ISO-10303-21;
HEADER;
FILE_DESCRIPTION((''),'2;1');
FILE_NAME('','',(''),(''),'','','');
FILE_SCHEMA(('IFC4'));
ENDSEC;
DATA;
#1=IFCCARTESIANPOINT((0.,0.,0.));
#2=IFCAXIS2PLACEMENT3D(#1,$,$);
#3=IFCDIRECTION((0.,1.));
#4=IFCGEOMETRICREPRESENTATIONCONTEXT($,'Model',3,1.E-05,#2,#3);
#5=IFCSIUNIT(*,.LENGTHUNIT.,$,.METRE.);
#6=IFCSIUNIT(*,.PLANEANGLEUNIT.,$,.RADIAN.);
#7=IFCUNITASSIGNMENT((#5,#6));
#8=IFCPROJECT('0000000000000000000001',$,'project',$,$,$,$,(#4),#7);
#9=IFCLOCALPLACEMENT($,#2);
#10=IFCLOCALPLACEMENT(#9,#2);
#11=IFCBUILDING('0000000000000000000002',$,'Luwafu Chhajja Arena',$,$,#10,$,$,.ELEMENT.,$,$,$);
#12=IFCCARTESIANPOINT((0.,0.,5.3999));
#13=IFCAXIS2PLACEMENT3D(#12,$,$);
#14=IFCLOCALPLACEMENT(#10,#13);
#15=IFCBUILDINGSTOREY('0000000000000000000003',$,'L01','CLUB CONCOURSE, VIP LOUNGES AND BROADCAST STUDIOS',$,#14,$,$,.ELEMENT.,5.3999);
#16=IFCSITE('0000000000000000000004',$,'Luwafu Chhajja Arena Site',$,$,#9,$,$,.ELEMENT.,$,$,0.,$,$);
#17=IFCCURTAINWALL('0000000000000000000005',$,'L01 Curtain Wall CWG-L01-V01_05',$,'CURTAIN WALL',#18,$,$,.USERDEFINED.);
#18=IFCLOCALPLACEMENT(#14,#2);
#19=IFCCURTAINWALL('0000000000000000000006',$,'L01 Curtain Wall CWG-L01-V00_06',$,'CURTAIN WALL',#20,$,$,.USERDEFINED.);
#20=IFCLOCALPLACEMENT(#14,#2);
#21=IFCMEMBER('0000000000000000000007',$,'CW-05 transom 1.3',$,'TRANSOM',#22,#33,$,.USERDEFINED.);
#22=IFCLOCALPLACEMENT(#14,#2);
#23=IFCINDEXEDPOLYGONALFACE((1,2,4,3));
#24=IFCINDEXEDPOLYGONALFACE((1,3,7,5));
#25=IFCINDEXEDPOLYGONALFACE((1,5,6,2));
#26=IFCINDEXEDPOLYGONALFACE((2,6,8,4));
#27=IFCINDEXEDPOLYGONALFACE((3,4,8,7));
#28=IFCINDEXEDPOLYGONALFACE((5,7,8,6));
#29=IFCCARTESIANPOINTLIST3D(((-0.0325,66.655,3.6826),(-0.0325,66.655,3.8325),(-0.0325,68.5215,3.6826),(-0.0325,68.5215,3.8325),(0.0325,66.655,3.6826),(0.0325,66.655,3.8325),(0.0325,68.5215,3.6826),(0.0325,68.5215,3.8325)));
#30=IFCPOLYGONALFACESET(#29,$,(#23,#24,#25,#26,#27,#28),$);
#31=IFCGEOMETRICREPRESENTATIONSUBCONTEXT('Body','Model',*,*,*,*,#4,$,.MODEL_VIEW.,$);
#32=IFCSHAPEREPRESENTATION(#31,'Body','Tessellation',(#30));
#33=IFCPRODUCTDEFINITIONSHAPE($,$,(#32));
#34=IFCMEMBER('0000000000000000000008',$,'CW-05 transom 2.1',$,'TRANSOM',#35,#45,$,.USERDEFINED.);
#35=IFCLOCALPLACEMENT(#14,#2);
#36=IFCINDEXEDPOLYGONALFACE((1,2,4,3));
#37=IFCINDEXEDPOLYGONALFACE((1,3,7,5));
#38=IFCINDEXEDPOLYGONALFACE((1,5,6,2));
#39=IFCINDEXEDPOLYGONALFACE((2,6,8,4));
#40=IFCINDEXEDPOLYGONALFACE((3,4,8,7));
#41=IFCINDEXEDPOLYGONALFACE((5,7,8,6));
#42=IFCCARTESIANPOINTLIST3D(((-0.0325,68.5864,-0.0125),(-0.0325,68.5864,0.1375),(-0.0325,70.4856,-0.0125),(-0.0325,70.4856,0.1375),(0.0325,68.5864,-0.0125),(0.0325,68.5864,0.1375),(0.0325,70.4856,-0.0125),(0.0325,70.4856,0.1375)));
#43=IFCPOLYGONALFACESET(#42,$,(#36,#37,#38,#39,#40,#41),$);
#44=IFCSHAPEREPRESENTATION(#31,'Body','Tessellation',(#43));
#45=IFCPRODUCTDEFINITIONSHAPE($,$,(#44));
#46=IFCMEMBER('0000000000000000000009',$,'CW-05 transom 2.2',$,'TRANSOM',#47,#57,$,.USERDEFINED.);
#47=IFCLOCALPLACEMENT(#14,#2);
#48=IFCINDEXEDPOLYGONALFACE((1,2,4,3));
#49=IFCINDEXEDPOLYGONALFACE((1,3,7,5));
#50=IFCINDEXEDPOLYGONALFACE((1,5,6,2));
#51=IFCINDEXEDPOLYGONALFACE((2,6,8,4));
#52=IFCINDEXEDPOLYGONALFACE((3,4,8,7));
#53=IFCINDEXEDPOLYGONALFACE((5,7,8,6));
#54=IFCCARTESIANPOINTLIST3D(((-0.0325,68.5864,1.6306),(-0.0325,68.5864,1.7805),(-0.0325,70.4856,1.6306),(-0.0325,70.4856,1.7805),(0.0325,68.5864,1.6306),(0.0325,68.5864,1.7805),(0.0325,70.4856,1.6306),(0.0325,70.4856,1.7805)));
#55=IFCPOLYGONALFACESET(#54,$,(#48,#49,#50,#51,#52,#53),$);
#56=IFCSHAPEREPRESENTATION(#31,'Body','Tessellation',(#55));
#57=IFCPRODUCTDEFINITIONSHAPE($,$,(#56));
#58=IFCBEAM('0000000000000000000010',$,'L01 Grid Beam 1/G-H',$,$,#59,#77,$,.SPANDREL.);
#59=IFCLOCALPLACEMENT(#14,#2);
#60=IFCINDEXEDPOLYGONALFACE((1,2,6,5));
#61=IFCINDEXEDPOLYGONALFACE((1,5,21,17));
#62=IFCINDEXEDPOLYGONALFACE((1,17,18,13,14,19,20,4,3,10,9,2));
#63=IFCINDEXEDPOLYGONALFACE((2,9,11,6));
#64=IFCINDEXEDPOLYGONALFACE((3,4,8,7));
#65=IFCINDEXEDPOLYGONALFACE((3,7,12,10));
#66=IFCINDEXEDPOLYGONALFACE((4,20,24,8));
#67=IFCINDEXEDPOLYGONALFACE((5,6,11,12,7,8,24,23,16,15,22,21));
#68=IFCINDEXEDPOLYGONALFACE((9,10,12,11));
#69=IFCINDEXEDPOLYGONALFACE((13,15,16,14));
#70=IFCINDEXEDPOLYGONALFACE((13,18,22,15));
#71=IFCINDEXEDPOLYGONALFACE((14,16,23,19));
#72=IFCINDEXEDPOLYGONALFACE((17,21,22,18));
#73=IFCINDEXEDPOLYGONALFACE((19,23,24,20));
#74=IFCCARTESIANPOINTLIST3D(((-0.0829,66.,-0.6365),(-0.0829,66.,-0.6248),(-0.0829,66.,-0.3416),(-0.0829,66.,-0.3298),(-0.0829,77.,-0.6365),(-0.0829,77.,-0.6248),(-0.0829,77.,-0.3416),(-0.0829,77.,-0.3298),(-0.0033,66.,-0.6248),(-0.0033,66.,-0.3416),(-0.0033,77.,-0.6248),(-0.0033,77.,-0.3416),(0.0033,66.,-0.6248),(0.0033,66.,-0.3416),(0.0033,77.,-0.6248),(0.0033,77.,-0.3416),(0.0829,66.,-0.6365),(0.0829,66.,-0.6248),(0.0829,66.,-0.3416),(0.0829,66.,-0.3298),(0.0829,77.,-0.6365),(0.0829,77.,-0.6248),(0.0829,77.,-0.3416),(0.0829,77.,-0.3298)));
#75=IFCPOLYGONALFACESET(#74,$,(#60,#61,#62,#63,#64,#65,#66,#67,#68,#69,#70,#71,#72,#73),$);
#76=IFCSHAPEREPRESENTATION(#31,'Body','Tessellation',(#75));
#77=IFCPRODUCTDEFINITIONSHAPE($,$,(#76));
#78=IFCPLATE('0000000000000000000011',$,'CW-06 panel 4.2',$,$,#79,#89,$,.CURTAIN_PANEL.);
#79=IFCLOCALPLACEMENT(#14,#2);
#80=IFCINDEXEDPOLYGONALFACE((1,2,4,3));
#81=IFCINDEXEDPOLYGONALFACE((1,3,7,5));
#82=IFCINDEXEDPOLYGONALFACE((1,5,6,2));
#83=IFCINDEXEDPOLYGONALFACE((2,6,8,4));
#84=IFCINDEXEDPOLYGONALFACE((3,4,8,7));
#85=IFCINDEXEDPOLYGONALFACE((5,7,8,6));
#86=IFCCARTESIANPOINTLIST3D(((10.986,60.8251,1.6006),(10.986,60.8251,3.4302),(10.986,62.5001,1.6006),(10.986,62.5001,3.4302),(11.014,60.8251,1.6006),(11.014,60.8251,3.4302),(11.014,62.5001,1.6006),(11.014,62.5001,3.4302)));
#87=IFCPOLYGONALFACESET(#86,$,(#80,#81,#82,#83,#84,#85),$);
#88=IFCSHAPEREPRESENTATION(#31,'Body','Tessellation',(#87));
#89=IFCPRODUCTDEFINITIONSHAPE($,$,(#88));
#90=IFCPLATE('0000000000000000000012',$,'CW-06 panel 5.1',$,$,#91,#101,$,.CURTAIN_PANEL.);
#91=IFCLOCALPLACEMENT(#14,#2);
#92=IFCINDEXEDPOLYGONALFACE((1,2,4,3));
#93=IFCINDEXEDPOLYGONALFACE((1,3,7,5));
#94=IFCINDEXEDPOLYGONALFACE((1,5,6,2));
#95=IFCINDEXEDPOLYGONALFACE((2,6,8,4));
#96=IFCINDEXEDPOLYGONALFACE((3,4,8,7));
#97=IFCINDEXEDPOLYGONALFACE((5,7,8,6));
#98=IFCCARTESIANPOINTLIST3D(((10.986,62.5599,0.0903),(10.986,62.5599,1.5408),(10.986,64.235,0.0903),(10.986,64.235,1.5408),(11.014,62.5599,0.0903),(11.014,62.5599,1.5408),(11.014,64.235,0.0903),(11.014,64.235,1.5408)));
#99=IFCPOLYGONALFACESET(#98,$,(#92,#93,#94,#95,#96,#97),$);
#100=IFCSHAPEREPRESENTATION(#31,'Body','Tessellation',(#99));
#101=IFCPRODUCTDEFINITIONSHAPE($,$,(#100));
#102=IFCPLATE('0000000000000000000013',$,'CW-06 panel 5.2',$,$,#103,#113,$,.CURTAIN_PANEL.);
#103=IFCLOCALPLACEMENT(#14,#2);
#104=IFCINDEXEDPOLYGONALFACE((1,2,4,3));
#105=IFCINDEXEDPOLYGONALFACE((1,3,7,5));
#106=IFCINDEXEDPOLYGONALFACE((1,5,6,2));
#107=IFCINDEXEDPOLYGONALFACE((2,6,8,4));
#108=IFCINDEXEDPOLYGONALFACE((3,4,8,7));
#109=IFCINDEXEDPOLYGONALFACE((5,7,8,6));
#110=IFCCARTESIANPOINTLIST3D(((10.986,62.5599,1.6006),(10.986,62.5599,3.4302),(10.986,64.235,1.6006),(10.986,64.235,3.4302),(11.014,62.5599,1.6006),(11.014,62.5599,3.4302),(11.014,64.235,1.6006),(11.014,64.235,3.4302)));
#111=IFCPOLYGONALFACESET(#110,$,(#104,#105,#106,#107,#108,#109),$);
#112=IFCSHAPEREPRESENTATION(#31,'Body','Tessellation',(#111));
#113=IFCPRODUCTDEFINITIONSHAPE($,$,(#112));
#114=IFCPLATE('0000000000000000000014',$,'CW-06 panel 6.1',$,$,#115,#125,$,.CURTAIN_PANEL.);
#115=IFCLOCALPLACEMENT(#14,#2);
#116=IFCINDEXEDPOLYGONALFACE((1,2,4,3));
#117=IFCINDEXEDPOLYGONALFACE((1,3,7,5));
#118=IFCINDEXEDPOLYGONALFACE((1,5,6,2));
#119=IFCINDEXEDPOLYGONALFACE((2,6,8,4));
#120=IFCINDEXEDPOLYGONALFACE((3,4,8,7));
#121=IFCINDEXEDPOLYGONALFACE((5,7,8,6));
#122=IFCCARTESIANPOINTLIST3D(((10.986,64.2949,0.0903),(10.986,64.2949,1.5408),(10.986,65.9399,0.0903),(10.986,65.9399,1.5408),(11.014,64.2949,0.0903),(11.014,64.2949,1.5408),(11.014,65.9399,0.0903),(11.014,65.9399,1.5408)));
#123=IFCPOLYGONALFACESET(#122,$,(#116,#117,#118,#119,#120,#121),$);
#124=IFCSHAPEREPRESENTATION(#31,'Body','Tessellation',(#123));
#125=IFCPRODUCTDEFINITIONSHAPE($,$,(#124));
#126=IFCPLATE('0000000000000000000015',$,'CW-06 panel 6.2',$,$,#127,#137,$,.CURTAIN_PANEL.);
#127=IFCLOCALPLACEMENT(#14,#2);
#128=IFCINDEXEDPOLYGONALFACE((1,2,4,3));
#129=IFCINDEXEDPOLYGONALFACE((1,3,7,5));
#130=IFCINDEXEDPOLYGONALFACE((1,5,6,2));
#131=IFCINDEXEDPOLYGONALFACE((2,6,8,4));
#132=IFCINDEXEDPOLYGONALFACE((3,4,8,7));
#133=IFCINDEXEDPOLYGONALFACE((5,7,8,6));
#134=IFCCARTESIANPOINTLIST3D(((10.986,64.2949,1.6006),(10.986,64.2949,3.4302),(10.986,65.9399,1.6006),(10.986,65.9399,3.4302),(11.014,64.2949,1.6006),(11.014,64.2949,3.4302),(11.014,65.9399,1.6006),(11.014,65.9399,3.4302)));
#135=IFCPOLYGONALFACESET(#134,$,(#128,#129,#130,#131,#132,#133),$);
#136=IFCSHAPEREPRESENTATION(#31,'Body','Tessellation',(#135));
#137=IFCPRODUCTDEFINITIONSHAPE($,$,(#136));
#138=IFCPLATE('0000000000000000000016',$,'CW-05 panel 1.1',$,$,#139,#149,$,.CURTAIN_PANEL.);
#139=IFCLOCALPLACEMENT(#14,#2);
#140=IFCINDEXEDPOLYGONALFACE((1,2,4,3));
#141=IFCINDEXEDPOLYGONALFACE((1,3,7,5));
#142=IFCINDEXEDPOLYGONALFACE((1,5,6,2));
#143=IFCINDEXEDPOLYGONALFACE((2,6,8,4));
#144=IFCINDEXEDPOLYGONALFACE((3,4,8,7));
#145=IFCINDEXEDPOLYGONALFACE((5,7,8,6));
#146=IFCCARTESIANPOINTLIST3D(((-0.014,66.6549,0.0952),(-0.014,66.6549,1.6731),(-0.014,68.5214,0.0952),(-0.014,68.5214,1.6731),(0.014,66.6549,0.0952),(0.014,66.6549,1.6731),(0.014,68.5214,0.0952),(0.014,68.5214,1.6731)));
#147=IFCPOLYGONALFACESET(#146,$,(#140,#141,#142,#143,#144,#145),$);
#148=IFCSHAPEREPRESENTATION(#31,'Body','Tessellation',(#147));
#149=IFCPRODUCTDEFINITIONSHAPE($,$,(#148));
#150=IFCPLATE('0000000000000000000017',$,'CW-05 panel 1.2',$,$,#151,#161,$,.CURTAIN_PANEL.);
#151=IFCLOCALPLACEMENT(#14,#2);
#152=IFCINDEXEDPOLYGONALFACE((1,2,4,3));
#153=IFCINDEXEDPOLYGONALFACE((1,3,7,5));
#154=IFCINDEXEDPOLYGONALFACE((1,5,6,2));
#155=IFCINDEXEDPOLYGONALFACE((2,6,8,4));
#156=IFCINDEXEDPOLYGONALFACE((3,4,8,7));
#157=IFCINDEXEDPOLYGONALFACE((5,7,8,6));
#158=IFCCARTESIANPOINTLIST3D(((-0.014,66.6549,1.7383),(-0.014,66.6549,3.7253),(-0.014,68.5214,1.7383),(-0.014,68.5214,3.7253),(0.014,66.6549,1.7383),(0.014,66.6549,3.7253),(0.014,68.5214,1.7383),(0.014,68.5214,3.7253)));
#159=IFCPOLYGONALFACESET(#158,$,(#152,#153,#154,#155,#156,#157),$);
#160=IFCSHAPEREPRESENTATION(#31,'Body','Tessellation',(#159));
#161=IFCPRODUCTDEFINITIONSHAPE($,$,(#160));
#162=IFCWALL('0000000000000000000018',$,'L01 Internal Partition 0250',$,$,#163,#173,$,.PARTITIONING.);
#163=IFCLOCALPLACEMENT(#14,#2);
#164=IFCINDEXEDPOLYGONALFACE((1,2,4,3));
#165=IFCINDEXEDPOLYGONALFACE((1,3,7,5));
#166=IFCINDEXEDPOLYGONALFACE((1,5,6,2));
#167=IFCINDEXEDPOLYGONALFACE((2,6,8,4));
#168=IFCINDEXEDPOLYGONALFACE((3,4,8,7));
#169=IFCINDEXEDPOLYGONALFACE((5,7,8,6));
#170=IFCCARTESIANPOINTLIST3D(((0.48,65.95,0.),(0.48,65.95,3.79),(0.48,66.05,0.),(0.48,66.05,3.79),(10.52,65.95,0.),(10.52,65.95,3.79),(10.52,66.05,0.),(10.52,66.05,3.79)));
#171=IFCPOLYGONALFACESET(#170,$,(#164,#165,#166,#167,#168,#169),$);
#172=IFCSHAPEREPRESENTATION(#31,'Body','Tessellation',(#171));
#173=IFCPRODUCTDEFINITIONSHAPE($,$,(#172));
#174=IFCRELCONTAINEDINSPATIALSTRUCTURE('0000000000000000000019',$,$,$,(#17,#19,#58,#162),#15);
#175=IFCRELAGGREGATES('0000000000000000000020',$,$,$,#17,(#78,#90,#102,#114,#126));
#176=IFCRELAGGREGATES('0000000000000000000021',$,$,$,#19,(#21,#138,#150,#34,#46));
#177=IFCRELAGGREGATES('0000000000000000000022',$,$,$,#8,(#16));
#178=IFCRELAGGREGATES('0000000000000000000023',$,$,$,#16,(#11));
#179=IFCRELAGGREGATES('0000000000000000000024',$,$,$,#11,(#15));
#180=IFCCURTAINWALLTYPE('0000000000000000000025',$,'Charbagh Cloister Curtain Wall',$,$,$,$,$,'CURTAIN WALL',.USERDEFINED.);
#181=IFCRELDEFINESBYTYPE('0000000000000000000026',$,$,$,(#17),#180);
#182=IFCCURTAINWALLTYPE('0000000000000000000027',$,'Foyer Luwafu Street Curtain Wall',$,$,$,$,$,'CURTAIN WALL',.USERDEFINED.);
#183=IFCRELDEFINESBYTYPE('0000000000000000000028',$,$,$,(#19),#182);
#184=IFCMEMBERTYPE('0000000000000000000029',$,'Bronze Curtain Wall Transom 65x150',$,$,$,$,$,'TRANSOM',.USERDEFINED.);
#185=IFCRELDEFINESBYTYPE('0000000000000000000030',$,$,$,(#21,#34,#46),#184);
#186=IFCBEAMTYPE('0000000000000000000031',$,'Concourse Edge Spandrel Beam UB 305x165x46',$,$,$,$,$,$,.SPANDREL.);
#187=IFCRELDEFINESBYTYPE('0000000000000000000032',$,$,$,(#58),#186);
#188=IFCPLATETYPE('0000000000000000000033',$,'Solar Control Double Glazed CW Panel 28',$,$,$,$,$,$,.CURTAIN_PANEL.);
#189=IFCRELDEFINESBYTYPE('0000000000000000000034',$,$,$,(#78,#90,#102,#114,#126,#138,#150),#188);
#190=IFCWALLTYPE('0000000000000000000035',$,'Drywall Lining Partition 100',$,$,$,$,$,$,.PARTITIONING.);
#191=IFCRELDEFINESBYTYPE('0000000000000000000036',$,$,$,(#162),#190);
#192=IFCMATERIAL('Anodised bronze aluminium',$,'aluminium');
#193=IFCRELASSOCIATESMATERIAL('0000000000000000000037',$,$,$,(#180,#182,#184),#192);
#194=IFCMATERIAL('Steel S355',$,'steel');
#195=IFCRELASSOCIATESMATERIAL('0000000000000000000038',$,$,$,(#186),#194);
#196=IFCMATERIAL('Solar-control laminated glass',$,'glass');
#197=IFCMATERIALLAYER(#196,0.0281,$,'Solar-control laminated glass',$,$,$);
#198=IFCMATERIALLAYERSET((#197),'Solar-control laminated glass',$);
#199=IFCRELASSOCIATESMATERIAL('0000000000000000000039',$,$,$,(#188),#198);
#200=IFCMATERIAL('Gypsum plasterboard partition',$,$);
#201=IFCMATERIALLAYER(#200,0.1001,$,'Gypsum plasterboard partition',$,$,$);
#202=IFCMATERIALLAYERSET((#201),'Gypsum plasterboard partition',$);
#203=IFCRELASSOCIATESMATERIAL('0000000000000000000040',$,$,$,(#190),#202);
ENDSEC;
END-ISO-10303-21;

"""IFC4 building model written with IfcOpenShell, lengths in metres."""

from ifc_helpers import new_model, si_unit, direction, frame, frame_2d, origin, origin_2d, place, context, subcontext, project, spatial, rectangle, i_section, extrude, material, layer, layer_set, material_profile, profile_set, type_object, element, aggregate, save


model = new_model("IFC4")

# Units and contexts
model_context = context("Model", 3, precision=1e-05, world=origin(), true_north=direction((0.0, 1.0)))
body_context = subcontext(model_context, "Body", "Model", "MODEL_VIEW")
ifc_project = project(units=[si_unit("LENGTHUNIT", "METRE"), si_unit("PLANEANGLEUNIT", "RADIAN")], contexts=[model_context])

# Site, building, storey
site_placement = place(None, origin())
site = spatial("IfcSite", under=ifc_project, at=site_placement, Name="Luwafu Chhajja Arena Site", CompositionType="ELEMENT", RefElevation=0.0)
building_placement = place(site_placement, origin())
building = spatial("IfcBuilding", under=site, at=building_placement, Name="Luwafu Chhajja Arena", CompositionType="ELEMENT")
storey_placement = place(building_placement, frame((0.0, 0.0, 5.3999)))
storey = spatial("IfcBuildingStorey", under=building, at=storey_placement, Name="L01", Description="CLUB CONCOURSE, VIP LOUNGES AND BROADCAST STUDIOS", CompositionType="ELEMENT", Elevation=5.3999)

# Curtain walls
ifc_material_1 = material(Name="Anodised bronze aluminium", Category="aluminium")
curtain_wall_type_1 = type_object("IfcCurtainWallType", Name="Charbagh Cloister Curtain Wall", ElementType="CURTAIN WALL", PredefinedType="USERDEFINED", material=ifc_material_1)
curtain_wall_1_placement = place(storey_placement, origin())
curtain_wall_1 = element("IfcCurtainWall", 1, at=curtain_wall_1_placement, inside=storey, type_object=curtain_wall_type_1, Name="L01 Curtain Wall CWG-L01-V01_05", ObjectType="CURTAIN WALL", PredefinedType="USERDEFINED")
curtain_wall_type_2 = type_object("IfcCurtainWallType", Name="Foyer Luwafu Street Curtain Wall", ElementType="CURTAIN WALL", PredefinedType="USERDEFINED", material=ifc_material_1)
curtain_wall_2_placement = place(storey_placement, origin())
curtain_wall_2 = element("IfcCurtainWall", 2, at=curtain_wall_2_placement, inside=storey, type_object=curtain_wall_type_2, Name="L01 Curtain Wall CWG-L01-V00_06", ObjectType="CURTAIN WALL", PredefinedType="USERDEFINED")

# Members
ifc_material_profile_1 = material_profile(ifc_material_1, rectangle(XDim=0.0649, YDim=0.1499, at=origin_2d()), Name="CWT 65x150")
ifc_profile_set_1 = profile_set([ifc_material_profile_1], Name="Anodised bronze aluminium")
member_type_1 = type_object("IfcMemberType", Name="Bronze Curtain Wall Transom 65x150", ElementType="TRANSOM", PredefinedType="USERDEFINED", material=ifc_profile_set_1)
member_1_placement = place(storey_placement, frame((0.0, 66.655, 3.7576), z_axis=(0.0, 1.0, 0.0), x_axis=(-1.0, 0.0, 0.0)))
member_1 = element("IfcMember", 3, at=member_1_placement, type_object=member_type_1, Name="CW-05 transom 1.3", ObjectType="TRANSOM", PredefinedType="USERDEFINED", context=body_context, shape_type="SweptSolid", body=[
    extrude(rectangle(XDim=0.0649, YDim=0.1499, at=origin_2d()), origin(), (0.0, 0.0, 1.0), 1.8665),
])
member_2_placement = place(storey_placement, frame((0.0, 68.5864, 0.0625), z_axis=(0.0, 1.0, 0.0), x_axis=(-1.0, 0.0, 0.0)))
member_2 = element("IfcMember", 4, at=member_2_placement, type_object=member_type_1, Name="CW-05 transom 2.1", ObjectType="TRANSOM", PredefinedType="USERDEFINED", context=body_context, shape_type="SweptSolid", body=[
    extrude(rectangle(XDim=0.0649, YDim=0.1499, at=origin_2d()), origin(), (0.0, 0.0, 1.0), 1.8992),
])
member_3_placement = place(storey_placement, frame((0.0, 68.5864, 1.7056), z_axis=(0.0, 1.0, 0.0), x_axis=(-1.0, 0.0, 0.0)))
member_3 = element("IfcMember", 5, at=member_3_placement, type_object=member_type_1, Name="CW-05 transom 2.2", ObjectType="TRANSOM", PredefinedType="USERDEFINED", context=body_context, shape_type="SweptSolid", body=[
    extrude(rectangle(XDim=0.0649, YDim=0.1499, at=origin_2d()), origin(), (0.0, 0.0, 1.0), 1.8992),
])

# Beam
ifc_material_2 = material(Name="Steel S355", Category="steel")
ifc_material_profile_2 = material_profile(ifc_material_2, i_section(OverallWidth=0.1658, OverallDepth=0.3066, WebThickness=0.0066, FlangeThickness=0.0117, at=origin_2d()), Name="UB 305x165x46")
ifc_profile_set_2 = profile_set([ifc_material_profile_2], Name="Steel S355")
beam_type = type_object("IfcBeamType", Name="Concourse Edge Spandrel Beam UB 305x165x46", PredefinedType="SPANDREL", material=ifc_profile_set_2)
beam_placement = place(storey_placement, frame((0.0, 66.0, -0.4832), z_axis=(0.0, 1.0, 0.0), x_axis=(-1.0, 0.0, 0.0)))
element("IfcBeam", 6, at=beam_placement, inside=storey, type_object=beam_type, Name="L01 Grid Beam 1/G-H", PredefinedType="SPANDREL", context=body_context, shape_type="SweptSolid", body=[
    extrude(i_section(OverallWidth=0.1658, OverallDepth=0.3066, WebThickness=0.0066, FlangeThickness=0.0117, at=origin_2d()), origin(), (0.0, 0.0, 1.0), 11.0),
])

# Plates
ifc_material_3 = material(Name="Solar-control laminated glass", Category="glass")
ifc_layer_1 = layer(ifc_material_3, 0.0281, Name="Solar-control laminated glass")
ifc_layer_set_1 = layer_set([ifc_layer_1], Name="Solar-control laminated glass")
plate_type = type_object("IfcPlateType", Name="Solar Control Double Glazed CW Panel 28", PredefinedType="CURTAIN_PANEL", material=ifc_layer_set_1)
plate_1_placement = place(storey_placement, frame((11.0, 61.6626, 1.6006), z_axis=(0.0, 0.0, 1.0), x_axis=(0.0, 1.0, 0.0)))
plate_1 = element("IfcPlate", 7, at=plate_1_placement, type_object=plate_type, Name="CW-06 panel 4.2", PredefinedType="CURTAIN_PANEL", context=body_context, shape_type="SweptSolid", body=[
    extrude(rectangle(XDim=1.675, YDim=0.0281, at=origin_2d()), origin(), (0.0, 0.0, 1.0), 1.8296),
])
plate_2_placement = place(storey_placement, frame((11.0, 63.3975, 0.0903), z_axis=(0.0, 0.0, 1.0), x_axis=(0.0, 1.0, 0.0)))
plate_2 = element("IfcPlate", 8, at=plate_2_placement, type_object=plate_type, Name="CW-06 panel 5.1", PredefinedType="CURTAIN_PANEL", context=body_context, shape_type="SweptSolid", body=[
    extrude(rectangle(XDim=1.675, YDim=0.0281, at=origin_2d()), origin(), (0.0, 0.0, 1.0), 1.4504),
])
plate_3_placement = place(storey_placement, frame((11.0, 63.3975, 1.6006), z_axis=(0.0, 0.0, 1.0), x_axis=(0.0, 1.0, 0.0)))
plate_3 = element("IfcPlate", 9, at=plate_3_placement, type_object=plate_type, Name="CW-06 panel 5.2", PredefinedType="CURTAIN_PANEL", context=body_context, shape_type="SweptSolid", body=[
    extrude(rectangle(XDim=1.675, YDim=0.0281, at=origin_2d()), origin(), (0.0, 0.0, 1.0), 1.8296),
])
plate_4_placement = place(storey_placement, frame((11.0, 65.1174, 0.0903), z_axis=(0.0, 0.0, 1.0), x_axis=(0.0, 1.0, 0.0)))
plate_4 = element("IfcPlate", 10, at=plate_4_placement, type_object=plate_type, Name="CW-06 panel 6.1", PredefinedType="CURTAIN_PANEL", context=body_context, shape_type="SweptSolid", body=[
    extrude(rectangle(XDim=1.645, YDim=0.0281, at=origin_2d()), origin(), (0.0, 0.0, 1.0), 1.4504),
])
plate_5_placement = place(storey_placement, frame((11.0, 65.1174, 1.6006), z_axis=(0.0, 0.0, 1.0), x_axis=(0.0, 1.0, 0.0)))
plate_5 = element("IfcPlate", 11, at=plate_5_placement, type_object=plate_type, Name="CW-06 panel 6.2", PredefinedType="CURTAIN_PANEL", context=body_context, shape_type="SweptSolid", body=[
    extrude(rectangle(XDim=1.645, YDim=0.0281, at=origin_2d()), origin(), (0.0, 0.0, 1.0), 1.8296),
])
aggregate(curtain_wall_1, [plate_1, plate_2, plate_3, plate_4, plate_5])
plate_6_placement = place(storey_placement, frame((0.0, 67.5881, 0.0952), z_axis=(0.0, 0.0, 1.0), x_axis=(0.0, 1.0, 0.0)))
plate_6 = element("IfcPlate", 12, at=plate_6_placement, type_object=plate_type, Name="CW-05 panel 1.1", PredefinedType="CURTAIN_PANEL", context=body_context, shape_type="SweptSolid", body=[
    extrude(rectangle(XDim=1.8665, YDim=0.0281, at=origin_2d()), origin(), (0.0, 0.0, 1.0), 1.5779),
])
plate_7_placement = place(storey_placement, frame((0.0, 67.5881, 1.7383), z_axis=(0.0, 0.0, 1.0), x_axis=(0.0, 1.0, 0.0)))
plate_7 = element("IfcPlate", 13, at=plate_7_placement, type_object=plate_type, Name="CW-05 panel 1.2", PredefinedType="CURTAIN_PANEL", context=body_context, shape_type="SweptSolid", body=[
    extrude(rectangle(XDim=1.8665, YDim=0.0281, at=origin_2d()), origin(), (0.0, 0.0, 1.0), 1.9871),
])
aggregate(curtain_wall_2, [member_1, plate_6, plate_7, member_2, member_3])

# Wall
ifc_material_4 = material(Name="Gypsum plasterboard partition")
ifc_layer_2 = layer(ifc_material_4, 0.1001, Name="Gypsum plasterboard partition")
ifc_layer_set_2 = layer_set([ifc_layer_2], Name="Gypsum plasterboard partition")
wall_type_1 = type_object("IfcWallType", Name="Drywall Lining Partition 100", PredefinedType="PARTITIONING", material=ifc_layer_set_2)
wall_1_placement = place(storey_placement, frame((0.48, 66.0, 0.0), z_axis=(0.0, 0.0, 1.0), x_axis=(1.0, 0.0, 0.0)))
element("IfcWall", 14, at=wall_1_placement, inside=storey, type_object=wall_type_1, Name="L01 Internal Partition 0250", PredefinedType="PARTITIONING", context=body_context, shape_type="SweptSolid", body=[
    extrude(rectangle(XDim=10.04, YDim=0.1001, at=frame_2d((5.02, 0.0))), origin(), (0.0, 0.0, 1.0), 3.79),
])

save(model, "model.ifc")
